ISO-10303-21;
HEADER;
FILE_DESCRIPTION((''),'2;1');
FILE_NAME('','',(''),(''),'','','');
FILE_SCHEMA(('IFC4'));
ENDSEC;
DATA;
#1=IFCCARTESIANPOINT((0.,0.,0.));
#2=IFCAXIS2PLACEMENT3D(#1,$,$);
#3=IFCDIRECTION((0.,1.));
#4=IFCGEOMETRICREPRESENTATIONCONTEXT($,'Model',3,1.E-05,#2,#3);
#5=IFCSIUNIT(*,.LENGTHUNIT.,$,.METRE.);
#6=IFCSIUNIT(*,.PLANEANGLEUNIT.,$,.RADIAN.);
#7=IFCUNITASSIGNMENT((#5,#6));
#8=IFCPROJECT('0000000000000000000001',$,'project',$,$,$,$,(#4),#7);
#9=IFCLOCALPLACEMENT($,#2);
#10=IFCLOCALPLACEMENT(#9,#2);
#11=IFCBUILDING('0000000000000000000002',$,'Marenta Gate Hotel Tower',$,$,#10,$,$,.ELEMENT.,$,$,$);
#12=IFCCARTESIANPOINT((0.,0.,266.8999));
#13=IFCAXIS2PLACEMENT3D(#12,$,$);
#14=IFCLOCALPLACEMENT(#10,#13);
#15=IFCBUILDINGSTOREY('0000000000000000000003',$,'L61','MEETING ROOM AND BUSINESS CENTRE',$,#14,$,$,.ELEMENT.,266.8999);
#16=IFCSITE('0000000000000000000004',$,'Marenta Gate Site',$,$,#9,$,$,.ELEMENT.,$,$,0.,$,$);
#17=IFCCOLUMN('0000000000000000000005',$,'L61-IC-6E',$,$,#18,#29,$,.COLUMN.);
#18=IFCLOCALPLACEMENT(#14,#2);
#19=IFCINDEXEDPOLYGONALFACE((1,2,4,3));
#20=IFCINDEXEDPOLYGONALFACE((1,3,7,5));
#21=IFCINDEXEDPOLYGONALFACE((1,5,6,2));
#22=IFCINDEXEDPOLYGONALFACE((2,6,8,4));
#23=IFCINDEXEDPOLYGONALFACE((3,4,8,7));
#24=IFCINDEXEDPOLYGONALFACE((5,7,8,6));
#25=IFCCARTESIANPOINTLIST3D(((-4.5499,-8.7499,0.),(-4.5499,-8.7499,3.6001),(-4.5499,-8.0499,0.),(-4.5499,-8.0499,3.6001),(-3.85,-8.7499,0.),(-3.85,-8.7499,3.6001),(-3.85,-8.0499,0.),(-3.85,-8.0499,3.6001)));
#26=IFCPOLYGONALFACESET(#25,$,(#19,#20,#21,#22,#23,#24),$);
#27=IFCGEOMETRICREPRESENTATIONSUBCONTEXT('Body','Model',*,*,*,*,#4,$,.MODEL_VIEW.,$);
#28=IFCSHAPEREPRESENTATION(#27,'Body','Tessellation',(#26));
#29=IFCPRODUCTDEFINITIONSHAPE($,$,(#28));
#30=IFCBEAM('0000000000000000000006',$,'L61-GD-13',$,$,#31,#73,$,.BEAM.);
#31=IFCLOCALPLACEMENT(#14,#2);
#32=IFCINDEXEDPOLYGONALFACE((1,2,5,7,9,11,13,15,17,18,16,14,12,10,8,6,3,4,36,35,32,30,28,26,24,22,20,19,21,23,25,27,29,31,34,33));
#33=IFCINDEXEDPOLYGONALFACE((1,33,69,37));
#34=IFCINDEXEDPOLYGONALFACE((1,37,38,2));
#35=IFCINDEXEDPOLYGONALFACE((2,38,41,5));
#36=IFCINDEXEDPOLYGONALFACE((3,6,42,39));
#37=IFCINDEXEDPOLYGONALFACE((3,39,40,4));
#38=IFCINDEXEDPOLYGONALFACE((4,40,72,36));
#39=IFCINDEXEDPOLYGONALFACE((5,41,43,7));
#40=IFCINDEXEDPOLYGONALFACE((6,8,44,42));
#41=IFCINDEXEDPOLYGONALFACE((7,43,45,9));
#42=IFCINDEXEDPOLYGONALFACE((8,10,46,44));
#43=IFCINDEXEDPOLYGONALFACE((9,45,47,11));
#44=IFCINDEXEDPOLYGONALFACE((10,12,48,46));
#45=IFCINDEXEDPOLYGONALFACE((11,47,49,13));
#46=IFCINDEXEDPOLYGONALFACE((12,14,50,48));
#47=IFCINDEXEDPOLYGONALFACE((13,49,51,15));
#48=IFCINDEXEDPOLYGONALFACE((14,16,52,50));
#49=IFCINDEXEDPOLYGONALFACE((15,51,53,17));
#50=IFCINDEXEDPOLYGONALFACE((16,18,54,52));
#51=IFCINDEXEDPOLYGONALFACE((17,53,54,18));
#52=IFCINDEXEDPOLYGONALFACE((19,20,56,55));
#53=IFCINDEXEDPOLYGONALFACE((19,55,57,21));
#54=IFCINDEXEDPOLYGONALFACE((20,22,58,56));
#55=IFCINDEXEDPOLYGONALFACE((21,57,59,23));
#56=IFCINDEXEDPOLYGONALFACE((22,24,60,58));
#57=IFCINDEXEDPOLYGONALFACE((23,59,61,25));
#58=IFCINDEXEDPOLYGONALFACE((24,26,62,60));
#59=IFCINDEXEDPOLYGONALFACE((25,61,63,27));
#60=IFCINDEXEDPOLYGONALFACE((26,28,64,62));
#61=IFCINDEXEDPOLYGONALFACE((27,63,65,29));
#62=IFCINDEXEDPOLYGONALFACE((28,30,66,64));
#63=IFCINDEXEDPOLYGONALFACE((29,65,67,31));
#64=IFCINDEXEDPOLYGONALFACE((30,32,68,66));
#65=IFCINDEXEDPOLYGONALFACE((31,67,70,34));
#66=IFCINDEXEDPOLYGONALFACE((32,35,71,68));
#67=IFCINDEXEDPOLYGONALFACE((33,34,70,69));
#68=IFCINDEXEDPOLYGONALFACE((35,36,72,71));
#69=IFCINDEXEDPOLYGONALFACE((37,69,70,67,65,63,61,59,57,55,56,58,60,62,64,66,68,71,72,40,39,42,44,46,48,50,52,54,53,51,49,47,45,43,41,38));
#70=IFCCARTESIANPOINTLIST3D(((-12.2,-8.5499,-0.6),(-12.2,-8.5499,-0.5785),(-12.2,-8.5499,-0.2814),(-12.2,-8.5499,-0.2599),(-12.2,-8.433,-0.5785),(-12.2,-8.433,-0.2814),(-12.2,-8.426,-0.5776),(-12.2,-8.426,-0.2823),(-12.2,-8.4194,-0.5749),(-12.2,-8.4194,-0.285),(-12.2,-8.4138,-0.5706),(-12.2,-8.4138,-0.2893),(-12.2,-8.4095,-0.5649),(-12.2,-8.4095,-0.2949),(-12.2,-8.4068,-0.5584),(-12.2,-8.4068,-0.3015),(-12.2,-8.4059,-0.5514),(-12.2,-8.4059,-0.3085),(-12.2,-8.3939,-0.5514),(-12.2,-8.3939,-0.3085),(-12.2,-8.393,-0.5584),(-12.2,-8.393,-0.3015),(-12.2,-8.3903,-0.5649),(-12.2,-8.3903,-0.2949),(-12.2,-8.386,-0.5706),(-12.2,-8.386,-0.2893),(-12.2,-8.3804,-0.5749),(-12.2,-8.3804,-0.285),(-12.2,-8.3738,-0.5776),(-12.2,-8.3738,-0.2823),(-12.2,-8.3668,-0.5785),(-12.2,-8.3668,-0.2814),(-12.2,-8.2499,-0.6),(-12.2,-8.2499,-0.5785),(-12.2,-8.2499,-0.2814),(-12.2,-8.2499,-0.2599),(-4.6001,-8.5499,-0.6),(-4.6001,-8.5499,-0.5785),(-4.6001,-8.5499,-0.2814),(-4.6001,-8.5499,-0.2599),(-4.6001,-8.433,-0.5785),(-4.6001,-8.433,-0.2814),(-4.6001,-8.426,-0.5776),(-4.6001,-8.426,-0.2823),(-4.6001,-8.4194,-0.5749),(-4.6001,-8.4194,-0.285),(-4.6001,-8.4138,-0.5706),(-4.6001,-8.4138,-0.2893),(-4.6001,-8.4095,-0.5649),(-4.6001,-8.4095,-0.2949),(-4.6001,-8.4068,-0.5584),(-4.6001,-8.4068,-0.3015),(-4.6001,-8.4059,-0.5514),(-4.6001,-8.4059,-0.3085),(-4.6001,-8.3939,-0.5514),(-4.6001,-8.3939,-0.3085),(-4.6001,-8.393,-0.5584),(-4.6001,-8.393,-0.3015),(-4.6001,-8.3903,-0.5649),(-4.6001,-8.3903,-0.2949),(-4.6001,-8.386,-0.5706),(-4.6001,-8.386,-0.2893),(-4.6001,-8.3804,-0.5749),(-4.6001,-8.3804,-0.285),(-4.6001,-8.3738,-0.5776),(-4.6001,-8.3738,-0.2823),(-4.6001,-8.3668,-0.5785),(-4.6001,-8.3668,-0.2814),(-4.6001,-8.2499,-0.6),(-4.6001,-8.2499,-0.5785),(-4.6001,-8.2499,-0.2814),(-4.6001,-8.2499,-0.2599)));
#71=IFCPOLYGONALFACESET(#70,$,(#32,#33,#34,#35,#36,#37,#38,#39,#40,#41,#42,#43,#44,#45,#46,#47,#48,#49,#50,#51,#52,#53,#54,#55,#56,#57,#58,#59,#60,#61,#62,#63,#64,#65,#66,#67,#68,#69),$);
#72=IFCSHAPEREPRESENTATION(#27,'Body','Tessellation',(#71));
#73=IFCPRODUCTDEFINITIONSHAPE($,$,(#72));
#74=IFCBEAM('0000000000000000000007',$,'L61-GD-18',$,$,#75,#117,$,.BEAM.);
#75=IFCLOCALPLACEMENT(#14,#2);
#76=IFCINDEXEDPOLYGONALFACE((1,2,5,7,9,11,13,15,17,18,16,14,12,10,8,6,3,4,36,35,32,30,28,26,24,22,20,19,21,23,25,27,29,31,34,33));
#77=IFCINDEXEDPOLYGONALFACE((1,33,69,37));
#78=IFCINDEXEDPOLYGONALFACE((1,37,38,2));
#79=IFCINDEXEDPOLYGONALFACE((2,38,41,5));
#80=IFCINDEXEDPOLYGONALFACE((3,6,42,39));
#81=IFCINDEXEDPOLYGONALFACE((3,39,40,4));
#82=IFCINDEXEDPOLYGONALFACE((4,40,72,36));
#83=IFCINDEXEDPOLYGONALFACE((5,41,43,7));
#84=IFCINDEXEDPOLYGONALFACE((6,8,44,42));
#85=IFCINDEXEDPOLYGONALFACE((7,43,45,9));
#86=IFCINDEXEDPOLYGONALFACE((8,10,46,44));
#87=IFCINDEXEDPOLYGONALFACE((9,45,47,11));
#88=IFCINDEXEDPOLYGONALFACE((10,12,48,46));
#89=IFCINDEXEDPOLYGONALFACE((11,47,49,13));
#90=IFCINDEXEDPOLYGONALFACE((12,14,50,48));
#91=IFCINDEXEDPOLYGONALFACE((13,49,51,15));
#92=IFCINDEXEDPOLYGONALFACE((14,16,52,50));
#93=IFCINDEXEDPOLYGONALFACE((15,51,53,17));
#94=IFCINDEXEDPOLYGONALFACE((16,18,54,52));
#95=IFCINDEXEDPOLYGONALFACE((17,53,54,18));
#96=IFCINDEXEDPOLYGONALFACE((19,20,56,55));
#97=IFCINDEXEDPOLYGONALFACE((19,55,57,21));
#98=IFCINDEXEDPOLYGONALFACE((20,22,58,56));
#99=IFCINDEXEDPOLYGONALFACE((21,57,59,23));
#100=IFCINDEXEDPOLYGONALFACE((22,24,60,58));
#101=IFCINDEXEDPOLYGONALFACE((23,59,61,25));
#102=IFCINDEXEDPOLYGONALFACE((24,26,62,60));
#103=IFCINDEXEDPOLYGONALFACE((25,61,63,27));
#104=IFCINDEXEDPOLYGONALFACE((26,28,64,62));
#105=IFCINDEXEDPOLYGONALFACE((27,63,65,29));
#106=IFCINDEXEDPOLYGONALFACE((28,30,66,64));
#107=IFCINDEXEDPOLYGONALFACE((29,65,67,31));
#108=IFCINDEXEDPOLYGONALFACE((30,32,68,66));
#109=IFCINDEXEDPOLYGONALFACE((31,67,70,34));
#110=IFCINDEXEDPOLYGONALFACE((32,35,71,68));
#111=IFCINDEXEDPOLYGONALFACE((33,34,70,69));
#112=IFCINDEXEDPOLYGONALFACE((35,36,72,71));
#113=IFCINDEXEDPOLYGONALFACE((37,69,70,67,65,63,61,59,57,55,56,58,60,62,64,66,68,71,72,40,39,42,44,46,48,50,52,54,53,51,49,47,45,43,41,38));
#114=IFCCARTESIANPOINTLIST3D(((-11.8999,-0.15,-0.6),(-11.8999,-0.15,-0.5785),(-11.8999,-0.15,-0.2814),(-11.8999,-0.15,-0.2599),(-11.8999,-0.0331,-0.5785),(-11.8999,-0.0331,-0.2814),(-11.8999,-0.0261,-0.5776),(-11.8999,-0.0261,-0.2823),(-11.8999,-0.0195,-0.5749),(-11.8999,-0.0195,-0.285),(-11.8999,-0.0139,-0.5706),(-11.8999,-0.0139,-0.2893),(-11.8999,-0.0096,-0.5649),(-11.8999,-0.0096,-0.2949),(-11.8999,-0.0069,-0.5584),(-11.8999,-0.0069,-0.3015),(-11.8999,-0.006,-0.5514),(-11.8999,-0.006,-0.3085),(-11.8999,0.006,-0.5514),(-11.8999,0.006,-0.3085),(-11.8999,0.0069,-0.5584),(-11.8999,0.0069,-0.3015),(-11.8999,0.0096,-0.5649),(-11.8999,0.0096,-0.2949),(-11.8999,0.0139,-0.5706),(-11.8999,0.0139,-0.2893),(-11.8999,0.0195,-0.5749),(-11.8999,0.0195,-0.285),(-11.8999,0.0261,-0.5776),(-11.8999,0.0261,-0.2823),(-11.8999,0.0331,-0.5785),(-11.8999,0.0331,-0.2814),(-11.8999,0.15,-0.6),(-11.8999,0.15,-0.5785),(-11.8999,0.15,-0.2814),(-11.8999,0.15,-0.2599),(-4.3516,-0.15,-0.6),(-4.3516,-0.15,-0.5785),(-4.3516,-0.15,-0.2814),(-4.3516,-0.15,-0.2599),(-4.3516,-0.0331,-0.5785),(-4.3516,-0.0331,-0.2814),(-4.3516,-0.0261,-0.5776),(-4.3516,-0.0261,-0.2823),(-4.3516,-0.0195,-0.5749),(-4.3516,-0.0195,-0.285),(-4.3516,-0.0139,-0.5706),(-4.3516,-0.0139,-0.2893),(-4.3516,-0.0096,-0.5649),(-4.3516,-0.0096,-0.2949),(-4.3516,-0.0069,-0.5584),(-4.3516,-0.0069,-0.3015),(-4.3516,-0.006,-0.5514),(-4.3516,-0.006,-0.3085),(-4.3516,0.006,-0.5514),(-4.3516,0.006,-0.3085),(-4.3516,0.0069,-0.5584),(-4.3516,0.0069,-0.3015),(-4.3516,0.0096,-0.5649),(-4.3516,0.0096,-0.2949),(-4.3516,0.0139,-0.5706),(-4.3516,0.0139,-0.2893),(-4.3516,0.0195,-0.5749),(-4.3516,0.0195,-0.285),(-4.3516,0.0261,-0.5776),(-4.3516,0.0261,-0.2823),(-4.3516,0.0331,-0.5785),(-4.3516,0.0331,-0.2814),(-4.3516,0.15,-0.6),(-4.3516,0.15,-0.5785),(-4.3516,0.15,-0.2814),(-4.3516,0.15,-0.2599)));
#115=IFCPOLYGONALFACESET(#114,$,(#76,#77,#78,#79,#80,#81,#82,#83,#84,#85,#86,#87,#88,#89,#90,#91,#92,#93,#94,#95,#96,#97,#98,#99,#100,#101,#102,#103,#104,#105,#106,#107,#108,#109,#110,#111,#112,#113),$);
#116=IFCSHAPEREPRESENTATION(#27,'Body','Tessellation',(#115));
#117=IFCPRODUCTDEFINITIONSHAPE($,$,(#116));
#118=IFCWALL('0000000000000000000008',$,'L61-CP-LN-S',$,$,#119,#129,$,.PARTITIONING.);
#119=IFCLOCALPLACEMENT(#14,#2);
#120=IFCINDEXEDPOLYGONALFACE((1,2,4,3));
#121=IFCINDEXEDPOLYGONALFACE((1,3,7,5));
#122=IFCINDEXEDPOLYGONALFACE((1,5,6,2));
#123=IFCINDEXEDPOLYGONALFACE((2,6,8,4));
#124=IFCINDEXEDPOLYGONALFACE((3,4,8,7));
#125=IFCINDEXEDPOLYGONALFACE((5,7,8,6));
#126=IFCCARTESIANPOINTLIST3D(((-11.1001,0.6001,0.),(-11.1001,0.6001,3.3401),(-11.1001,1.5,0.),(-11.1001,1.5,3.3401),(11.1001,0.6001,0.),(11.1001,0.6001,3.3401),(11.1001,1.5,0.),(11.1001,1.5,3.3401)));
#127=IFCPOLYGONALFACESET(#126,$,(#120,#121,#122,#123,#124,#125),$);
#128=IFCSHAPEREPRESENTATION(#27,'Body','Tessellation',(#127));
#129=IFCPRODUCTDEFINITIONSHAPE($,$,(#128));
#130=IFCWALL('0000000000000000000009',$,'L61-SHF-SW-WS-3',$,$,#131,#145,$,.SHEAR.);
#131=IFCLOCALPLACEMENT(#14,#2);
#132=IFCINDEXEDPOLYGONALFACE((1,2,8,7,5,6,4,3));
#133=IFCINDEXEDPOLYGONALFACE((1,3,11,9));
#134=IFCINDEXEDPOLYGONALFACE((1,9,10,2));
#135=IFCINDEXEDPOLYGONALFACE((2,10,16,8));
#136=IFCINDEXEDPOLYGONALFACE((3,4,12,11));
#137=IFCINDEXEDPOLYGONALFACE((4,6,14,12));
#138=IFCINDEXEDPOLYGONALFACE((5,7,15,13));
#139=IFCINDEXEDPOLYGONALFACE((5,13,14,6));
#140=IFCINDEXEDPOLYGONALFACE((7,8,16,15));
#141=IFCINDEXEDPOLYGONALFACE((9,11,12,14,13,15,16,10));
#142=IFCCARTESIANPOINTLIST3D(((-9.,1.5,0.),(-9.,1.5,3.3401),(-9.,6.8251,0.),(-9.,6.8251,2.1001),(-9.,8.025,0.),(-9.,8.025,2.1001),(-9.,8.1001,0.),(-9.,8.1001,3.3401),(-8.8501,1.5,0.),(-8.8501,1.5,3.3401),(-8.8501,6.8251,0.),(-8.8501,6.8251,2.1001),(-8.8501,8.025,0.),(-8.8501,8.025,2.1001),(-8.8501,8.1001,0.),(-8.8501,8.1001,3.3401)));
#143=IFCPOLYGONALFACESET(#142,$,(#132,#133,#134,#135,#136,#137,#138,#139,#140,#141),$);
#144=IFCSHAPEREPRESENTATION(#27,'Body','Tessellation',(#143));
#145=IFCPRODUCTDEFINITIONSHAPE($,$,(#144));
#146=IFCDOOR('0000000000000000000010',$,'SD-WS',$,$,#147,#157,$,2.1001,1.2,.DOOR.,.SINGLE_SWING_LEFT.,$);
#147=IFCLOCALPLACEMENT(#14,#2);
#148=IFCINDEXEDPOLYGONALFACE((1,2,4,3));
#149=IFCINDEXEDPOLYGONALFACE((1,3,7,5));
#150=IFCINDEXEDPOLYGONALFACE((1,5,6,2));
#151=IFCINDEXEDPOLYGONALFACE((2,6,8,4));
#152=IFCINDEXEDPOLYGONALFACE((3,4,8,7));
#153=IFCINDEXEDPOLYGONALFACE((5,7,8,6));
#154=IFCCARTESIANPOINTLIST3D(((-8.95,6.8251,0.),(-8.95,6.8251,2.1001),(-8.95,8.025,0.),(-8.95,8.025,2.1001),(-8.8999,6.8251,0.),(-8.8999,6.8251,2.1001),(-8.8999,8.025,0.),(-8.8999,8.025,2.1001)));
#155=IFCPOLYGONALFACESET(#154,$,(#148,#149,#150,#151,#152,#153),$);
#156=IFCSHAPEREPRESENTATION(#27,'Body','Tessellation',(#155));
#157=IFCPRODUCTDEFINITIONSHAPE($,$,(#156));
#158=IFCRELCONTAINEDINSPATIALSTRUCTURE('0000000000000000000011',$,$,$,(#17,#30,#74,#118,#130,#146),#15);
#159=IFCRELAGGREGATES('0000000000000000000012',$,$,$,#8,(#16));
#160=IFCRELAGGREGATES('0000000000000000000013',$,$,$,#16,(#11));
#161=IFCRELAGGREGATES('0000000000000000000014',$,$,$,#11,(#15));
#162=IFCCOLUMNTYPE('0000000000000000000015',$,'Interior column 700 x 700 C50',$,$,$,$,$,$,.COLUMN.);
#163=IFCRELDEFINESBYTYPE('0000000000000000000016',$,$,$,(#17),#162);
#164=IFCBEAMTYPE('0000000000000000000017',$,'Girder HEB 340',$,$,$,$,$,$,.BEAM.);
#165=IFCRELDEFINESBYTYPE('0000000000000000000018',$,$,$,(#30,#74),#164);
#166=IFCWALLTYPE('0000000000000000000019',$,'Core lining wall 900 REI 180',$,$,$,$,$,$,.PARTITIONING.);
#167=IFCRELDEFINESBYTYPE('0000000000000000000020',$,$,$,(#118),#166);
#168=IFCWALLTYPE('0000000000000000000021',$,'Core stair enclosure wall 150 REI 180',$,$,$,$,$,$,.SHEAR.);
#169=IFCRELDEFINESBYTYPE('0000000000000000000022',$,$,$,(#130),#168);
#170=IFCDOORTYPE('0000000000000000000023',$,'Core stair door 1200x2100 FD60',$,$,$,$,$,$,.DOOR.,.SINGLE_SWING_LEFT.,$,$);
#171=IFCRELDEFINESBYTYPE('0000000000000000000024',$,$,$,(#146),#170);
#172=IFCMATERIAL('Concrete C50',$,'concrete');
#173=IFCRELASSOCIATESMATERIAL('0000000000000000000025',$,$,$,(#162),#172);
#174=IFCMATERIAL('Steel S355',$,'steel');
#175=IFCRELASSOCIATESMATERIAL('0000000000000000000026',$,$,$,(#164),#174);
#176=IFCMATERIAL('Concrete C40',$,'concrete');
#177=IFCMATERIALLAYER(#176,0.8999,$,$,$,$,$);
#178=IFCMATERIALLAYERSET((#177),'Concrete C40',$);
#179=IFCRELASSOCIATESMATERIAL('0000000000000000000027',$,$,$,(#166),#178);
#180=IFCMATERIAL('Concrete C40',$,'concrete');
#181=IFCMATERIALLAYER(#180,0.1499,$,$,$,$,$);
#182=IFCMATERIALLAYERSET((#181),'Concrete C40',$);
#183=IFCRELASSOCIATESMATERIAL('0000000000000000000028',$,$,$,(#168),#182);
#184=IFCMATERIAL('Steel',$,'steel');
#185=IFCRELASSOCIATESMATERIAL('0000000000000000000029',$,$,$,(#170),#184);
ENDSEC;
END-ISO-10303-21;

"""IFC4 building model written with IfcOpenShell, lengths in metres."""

from ifc_helpers import new_model, si_unit, direction, frame, frame_2d, origin, origin_2d, place, context, subcontext, project, spatial, rectangle, i_section, extrude, material, layer, layer_set, material_profile, profile_set, type_object, element, fill, save


model = new_model("IFC4")

# Units and contexts
model_context = context("Model", 3, precision=1e-05, world=origin(), true_north=direction((0.0, 1.0)))
body_context = subcontext(model_context, "Body", "Model", "MODEL_VIEW")
ifc_project = project(units=[si_unit("LENGTHUNIT", "METRE"), si_unit("PLANEANGLEUNIT", "RADIAN")], contexts=[model_context])

# Site, building, storey
site_placement = place(None, origin())
site = spatial("IfcSite", under=ifc_project, at=site_placement, Name="Marenta Gate Site", CompositionType="ELEMENT", RefElevation=0.0)
building_placement = place(site_placement, origin())
building = spatial("IfcBuilding", under=site, at=building_placement, Name="Marenta Gate Hotel Tower", CompositionType="ELEMENT")
storey_placement = place(building_placement, frame((0.0, 0.0, 266.8999)))
storey = spatial("IfcBuildingStorey", under=building, at=storey_placement, Name="L61", Description="MEETING ROOM AND BUSINESS CENTRE", CompositionType="ELEMENT", Elevation=266.8999)

# Column
ifc_material_1 = material(Name="Concrete C50", Category="concrete")
ifc_material_profile_1 = material_profile(ifc_material_1, rectangle(XDim=0.7, YDim=0.7, at=origin_2d()), Name="700 x 700")
ifc_profile_set_1 = profile_set([ifc_material_profile_1], Name="Concrete C50")
column_type = type_object("IfcColumnType", Name="Interior column 700 x 700 C50", PredefinedType="COLUMN", material=ifc_profile_set_1)
column_placement = place(storey_placement, frame((-4.2, -8.3999, 0.0), z_axis=(0.0, 0.0, 1.0), x_axis=(1.0, 0.0, 0.0)))
element("IfcColumn", 1, at=column_placement, inside=storey, type_object=column_type, Name="L61-IC-6E", PredefinedType="COLUMN", context=body_context, shape_type="SweptSolid", body=[
    extrude(rectangle(XDim=0.7, YDim=0.7, at=origin_2d()), origin(), (0.0, 0.0, 1.0), 3.6001),
])

# Beams
ifc_material_2 = material(Name="Steel S355", Category="steel")
ifc_material_profile_2 = material_profile(ifc_material_2, i_section(OverallWidth=0.3, OverallDepth=0.3401, WebThickness=0.012, FlangeThickness=0.0215, FilletRadius=0.0271, at=origin_2d()), Name="HEB 340")
ifc_profile_set_2 = profile_set([ifc_material_profile_2], Name="Steel S355")
beam_type = type_object("IfcBeamType", Name="Girder HEB 340", PredefinedType="BEAM", material=ifc_profile_set_2)
beam_1_placement = place(storey_placement, frame((-12.2, -8.3999, -0.4299), z_axis=(1.0, 0.0, 0.0), x_axis=(0.0, 1.0, 0.0)))
element("IfcBeam", 2, at=beam_1_placement, inside=storey, type_object=beam_type, Name="L61-GD-13", PredefinedType="BEAM", context=body_context, shape_type="SweptSolid", body=[
    extrude(i_section(OverallWidth=0.3, OverallDepth=0.3401, WebThickness=0.012, FlangeThickness=0.0215, FilletRadius=0.0271, at=origin_2d()), origin(), (0.0, 0.0, 1.0), 7.5999),
])
beam_2_placement = place(storey_placement, frame((-11.8999, 0.0, -0.4299), z_axis=(1.0, 0.0, 0.0), x_axis=(0.0, 1.0, 0.0)))
element("IfcBeam", 3, at=beam_2_placement, inside=storey, type_object=beam_type, Name="L61-GD-18", PredefinedType="BEAM", context=body_context, shape_type="SweptSolid", body=[
    extrude(i_section(OverallWidth=0.3, OverallDepth=0.3401, WebThickness=0.012, FlangeThickness=0.0215, FilletRadius=0.0271, at=origin_2d()), origin(), (0.0, 0.0, 1.0), 7.5483),
])

# Wall
ifc_material_3 = material(Name="Concrete C40", Category="concrete")
ifc_layer_1 = layer(ifc_material_3, 0.8999)
ifc_layer_set_1 = layer_set([ifc_layer_1], Name="Concrete C40")
wall_type_1 = type_object("IfcWallType", Name="Core lining wall 900 REI 180", PredefinedType="PARTITIONING", material=ifc_layer_set_1)
wall_1_placement = place(storey_placement, frame((-11.1001, 1.05, 0.0), z_axis=(0.0, 0.0, 1.0), x_axis=(1.0, 0.0, 0.0)))
element("IfcWall", 4, at=wall_1_placement, inside=storey, type_object=wall_type_1, Name="L61-CP-LN-S", PredefinedType="PARTITIONING", context=body_context, shape_type="SweptSolid", body=[
    extrude(rectangle(XDim=22.2002, YDim=0.8999, at=frame_2d((11.1001, 0.0))), origin(), (0.0, 0.0, 1.0), 3.3401),
])

# Wall, opening, door
ifc_material_4 = material(Name="Concrete C40", Category="concrete")
ifc_layer_2 = layer(ifc_material_4, 0.1499)
ifc_layer_set_2 = layer_set([ifc_layer_2], Name="Concrete C40")
wall_type_2 = type_object("IfcWallType", Name="Core stair enclosure wall 150 REI 180", PredefinedType="SHEAR", material=ifc_layer_set_2)
wall_2_placement = place(storey_placement, frame((-8.925, 1.5, 0.0), z_axis=(0.0, 0.0, 1.0), x_axis=(0.0, 1.0, 0.0)))
wall_2 = element("IfcWall", 5, at=wall_2_placement, inside=storey, type_object=wall_type_2, Name="L61-SHF-SW-WS-3", PredefinedType="SHEAR", context=body_context, shape_type="SweptSolid", body=[
    extrude(rectangle(XDim=6.6001, YDim=0.1499, at=frame_2d((3.3, 0.0))), origin(), (0.0, 0.0, 1.0), 3.3401),
])
opening_1_placement = place(wall_2_placement, frame((5.325, 0.0, 0.0)))
opening_1 = element("IfcOpeningElement", 6, at=opening_1_placement, cuts=wall_2, PredefinedType="OPENING", context=body_context, shape_type="SweptSolid", body=[
    extrude(rectangle(XDim=1.2, YDim=2.1001, at=frame_2d((0.6001, 1.05))), frame((0.0, 0.075, 0.0), z_axis=(0.0, -1.0, 0.0), x_axis=(1.0, 0.0, 0.0)), (0.0, 0.0, 1.0), 0.1499),
])
ifc_material_5 = material(Name="Steel", Category="steel")
door_type_1 = type_object("IfcDoorType", Name="Core stair door 1200x2100 FD60", OperationType="SINGLE_SWING_LEFT", PredefinedType="DOOR", material=ifc_material_5)
door_1_placement = place(opening_1_placement, origin())
door_1 = element("IfcDoor", 7, at=door_1_placement, inside=storey, type_object=door_type_1, Name="SD-WS", OperationType="SINGLE_SWING_LEFT", OverallHeight=2.1001, OverallWidth=1.2, PredefinedType="DOOR", context=body_context, shape_type="SweptSolid", body=[
    extrude(rectangle(XDim=1.2, YDim=2.1001, at=frame_2d((0.6001, 1.05))), frame((0.0, 0.0249, 0.0), z_axis=(0.0, -1.0, 0.0), x_axis=(1.0, 0.0, 0.0)), (0.0, 0.0, 1.0), 0.05),
])
fill(opening_1, door_1)

save(model, "model.ifc")
